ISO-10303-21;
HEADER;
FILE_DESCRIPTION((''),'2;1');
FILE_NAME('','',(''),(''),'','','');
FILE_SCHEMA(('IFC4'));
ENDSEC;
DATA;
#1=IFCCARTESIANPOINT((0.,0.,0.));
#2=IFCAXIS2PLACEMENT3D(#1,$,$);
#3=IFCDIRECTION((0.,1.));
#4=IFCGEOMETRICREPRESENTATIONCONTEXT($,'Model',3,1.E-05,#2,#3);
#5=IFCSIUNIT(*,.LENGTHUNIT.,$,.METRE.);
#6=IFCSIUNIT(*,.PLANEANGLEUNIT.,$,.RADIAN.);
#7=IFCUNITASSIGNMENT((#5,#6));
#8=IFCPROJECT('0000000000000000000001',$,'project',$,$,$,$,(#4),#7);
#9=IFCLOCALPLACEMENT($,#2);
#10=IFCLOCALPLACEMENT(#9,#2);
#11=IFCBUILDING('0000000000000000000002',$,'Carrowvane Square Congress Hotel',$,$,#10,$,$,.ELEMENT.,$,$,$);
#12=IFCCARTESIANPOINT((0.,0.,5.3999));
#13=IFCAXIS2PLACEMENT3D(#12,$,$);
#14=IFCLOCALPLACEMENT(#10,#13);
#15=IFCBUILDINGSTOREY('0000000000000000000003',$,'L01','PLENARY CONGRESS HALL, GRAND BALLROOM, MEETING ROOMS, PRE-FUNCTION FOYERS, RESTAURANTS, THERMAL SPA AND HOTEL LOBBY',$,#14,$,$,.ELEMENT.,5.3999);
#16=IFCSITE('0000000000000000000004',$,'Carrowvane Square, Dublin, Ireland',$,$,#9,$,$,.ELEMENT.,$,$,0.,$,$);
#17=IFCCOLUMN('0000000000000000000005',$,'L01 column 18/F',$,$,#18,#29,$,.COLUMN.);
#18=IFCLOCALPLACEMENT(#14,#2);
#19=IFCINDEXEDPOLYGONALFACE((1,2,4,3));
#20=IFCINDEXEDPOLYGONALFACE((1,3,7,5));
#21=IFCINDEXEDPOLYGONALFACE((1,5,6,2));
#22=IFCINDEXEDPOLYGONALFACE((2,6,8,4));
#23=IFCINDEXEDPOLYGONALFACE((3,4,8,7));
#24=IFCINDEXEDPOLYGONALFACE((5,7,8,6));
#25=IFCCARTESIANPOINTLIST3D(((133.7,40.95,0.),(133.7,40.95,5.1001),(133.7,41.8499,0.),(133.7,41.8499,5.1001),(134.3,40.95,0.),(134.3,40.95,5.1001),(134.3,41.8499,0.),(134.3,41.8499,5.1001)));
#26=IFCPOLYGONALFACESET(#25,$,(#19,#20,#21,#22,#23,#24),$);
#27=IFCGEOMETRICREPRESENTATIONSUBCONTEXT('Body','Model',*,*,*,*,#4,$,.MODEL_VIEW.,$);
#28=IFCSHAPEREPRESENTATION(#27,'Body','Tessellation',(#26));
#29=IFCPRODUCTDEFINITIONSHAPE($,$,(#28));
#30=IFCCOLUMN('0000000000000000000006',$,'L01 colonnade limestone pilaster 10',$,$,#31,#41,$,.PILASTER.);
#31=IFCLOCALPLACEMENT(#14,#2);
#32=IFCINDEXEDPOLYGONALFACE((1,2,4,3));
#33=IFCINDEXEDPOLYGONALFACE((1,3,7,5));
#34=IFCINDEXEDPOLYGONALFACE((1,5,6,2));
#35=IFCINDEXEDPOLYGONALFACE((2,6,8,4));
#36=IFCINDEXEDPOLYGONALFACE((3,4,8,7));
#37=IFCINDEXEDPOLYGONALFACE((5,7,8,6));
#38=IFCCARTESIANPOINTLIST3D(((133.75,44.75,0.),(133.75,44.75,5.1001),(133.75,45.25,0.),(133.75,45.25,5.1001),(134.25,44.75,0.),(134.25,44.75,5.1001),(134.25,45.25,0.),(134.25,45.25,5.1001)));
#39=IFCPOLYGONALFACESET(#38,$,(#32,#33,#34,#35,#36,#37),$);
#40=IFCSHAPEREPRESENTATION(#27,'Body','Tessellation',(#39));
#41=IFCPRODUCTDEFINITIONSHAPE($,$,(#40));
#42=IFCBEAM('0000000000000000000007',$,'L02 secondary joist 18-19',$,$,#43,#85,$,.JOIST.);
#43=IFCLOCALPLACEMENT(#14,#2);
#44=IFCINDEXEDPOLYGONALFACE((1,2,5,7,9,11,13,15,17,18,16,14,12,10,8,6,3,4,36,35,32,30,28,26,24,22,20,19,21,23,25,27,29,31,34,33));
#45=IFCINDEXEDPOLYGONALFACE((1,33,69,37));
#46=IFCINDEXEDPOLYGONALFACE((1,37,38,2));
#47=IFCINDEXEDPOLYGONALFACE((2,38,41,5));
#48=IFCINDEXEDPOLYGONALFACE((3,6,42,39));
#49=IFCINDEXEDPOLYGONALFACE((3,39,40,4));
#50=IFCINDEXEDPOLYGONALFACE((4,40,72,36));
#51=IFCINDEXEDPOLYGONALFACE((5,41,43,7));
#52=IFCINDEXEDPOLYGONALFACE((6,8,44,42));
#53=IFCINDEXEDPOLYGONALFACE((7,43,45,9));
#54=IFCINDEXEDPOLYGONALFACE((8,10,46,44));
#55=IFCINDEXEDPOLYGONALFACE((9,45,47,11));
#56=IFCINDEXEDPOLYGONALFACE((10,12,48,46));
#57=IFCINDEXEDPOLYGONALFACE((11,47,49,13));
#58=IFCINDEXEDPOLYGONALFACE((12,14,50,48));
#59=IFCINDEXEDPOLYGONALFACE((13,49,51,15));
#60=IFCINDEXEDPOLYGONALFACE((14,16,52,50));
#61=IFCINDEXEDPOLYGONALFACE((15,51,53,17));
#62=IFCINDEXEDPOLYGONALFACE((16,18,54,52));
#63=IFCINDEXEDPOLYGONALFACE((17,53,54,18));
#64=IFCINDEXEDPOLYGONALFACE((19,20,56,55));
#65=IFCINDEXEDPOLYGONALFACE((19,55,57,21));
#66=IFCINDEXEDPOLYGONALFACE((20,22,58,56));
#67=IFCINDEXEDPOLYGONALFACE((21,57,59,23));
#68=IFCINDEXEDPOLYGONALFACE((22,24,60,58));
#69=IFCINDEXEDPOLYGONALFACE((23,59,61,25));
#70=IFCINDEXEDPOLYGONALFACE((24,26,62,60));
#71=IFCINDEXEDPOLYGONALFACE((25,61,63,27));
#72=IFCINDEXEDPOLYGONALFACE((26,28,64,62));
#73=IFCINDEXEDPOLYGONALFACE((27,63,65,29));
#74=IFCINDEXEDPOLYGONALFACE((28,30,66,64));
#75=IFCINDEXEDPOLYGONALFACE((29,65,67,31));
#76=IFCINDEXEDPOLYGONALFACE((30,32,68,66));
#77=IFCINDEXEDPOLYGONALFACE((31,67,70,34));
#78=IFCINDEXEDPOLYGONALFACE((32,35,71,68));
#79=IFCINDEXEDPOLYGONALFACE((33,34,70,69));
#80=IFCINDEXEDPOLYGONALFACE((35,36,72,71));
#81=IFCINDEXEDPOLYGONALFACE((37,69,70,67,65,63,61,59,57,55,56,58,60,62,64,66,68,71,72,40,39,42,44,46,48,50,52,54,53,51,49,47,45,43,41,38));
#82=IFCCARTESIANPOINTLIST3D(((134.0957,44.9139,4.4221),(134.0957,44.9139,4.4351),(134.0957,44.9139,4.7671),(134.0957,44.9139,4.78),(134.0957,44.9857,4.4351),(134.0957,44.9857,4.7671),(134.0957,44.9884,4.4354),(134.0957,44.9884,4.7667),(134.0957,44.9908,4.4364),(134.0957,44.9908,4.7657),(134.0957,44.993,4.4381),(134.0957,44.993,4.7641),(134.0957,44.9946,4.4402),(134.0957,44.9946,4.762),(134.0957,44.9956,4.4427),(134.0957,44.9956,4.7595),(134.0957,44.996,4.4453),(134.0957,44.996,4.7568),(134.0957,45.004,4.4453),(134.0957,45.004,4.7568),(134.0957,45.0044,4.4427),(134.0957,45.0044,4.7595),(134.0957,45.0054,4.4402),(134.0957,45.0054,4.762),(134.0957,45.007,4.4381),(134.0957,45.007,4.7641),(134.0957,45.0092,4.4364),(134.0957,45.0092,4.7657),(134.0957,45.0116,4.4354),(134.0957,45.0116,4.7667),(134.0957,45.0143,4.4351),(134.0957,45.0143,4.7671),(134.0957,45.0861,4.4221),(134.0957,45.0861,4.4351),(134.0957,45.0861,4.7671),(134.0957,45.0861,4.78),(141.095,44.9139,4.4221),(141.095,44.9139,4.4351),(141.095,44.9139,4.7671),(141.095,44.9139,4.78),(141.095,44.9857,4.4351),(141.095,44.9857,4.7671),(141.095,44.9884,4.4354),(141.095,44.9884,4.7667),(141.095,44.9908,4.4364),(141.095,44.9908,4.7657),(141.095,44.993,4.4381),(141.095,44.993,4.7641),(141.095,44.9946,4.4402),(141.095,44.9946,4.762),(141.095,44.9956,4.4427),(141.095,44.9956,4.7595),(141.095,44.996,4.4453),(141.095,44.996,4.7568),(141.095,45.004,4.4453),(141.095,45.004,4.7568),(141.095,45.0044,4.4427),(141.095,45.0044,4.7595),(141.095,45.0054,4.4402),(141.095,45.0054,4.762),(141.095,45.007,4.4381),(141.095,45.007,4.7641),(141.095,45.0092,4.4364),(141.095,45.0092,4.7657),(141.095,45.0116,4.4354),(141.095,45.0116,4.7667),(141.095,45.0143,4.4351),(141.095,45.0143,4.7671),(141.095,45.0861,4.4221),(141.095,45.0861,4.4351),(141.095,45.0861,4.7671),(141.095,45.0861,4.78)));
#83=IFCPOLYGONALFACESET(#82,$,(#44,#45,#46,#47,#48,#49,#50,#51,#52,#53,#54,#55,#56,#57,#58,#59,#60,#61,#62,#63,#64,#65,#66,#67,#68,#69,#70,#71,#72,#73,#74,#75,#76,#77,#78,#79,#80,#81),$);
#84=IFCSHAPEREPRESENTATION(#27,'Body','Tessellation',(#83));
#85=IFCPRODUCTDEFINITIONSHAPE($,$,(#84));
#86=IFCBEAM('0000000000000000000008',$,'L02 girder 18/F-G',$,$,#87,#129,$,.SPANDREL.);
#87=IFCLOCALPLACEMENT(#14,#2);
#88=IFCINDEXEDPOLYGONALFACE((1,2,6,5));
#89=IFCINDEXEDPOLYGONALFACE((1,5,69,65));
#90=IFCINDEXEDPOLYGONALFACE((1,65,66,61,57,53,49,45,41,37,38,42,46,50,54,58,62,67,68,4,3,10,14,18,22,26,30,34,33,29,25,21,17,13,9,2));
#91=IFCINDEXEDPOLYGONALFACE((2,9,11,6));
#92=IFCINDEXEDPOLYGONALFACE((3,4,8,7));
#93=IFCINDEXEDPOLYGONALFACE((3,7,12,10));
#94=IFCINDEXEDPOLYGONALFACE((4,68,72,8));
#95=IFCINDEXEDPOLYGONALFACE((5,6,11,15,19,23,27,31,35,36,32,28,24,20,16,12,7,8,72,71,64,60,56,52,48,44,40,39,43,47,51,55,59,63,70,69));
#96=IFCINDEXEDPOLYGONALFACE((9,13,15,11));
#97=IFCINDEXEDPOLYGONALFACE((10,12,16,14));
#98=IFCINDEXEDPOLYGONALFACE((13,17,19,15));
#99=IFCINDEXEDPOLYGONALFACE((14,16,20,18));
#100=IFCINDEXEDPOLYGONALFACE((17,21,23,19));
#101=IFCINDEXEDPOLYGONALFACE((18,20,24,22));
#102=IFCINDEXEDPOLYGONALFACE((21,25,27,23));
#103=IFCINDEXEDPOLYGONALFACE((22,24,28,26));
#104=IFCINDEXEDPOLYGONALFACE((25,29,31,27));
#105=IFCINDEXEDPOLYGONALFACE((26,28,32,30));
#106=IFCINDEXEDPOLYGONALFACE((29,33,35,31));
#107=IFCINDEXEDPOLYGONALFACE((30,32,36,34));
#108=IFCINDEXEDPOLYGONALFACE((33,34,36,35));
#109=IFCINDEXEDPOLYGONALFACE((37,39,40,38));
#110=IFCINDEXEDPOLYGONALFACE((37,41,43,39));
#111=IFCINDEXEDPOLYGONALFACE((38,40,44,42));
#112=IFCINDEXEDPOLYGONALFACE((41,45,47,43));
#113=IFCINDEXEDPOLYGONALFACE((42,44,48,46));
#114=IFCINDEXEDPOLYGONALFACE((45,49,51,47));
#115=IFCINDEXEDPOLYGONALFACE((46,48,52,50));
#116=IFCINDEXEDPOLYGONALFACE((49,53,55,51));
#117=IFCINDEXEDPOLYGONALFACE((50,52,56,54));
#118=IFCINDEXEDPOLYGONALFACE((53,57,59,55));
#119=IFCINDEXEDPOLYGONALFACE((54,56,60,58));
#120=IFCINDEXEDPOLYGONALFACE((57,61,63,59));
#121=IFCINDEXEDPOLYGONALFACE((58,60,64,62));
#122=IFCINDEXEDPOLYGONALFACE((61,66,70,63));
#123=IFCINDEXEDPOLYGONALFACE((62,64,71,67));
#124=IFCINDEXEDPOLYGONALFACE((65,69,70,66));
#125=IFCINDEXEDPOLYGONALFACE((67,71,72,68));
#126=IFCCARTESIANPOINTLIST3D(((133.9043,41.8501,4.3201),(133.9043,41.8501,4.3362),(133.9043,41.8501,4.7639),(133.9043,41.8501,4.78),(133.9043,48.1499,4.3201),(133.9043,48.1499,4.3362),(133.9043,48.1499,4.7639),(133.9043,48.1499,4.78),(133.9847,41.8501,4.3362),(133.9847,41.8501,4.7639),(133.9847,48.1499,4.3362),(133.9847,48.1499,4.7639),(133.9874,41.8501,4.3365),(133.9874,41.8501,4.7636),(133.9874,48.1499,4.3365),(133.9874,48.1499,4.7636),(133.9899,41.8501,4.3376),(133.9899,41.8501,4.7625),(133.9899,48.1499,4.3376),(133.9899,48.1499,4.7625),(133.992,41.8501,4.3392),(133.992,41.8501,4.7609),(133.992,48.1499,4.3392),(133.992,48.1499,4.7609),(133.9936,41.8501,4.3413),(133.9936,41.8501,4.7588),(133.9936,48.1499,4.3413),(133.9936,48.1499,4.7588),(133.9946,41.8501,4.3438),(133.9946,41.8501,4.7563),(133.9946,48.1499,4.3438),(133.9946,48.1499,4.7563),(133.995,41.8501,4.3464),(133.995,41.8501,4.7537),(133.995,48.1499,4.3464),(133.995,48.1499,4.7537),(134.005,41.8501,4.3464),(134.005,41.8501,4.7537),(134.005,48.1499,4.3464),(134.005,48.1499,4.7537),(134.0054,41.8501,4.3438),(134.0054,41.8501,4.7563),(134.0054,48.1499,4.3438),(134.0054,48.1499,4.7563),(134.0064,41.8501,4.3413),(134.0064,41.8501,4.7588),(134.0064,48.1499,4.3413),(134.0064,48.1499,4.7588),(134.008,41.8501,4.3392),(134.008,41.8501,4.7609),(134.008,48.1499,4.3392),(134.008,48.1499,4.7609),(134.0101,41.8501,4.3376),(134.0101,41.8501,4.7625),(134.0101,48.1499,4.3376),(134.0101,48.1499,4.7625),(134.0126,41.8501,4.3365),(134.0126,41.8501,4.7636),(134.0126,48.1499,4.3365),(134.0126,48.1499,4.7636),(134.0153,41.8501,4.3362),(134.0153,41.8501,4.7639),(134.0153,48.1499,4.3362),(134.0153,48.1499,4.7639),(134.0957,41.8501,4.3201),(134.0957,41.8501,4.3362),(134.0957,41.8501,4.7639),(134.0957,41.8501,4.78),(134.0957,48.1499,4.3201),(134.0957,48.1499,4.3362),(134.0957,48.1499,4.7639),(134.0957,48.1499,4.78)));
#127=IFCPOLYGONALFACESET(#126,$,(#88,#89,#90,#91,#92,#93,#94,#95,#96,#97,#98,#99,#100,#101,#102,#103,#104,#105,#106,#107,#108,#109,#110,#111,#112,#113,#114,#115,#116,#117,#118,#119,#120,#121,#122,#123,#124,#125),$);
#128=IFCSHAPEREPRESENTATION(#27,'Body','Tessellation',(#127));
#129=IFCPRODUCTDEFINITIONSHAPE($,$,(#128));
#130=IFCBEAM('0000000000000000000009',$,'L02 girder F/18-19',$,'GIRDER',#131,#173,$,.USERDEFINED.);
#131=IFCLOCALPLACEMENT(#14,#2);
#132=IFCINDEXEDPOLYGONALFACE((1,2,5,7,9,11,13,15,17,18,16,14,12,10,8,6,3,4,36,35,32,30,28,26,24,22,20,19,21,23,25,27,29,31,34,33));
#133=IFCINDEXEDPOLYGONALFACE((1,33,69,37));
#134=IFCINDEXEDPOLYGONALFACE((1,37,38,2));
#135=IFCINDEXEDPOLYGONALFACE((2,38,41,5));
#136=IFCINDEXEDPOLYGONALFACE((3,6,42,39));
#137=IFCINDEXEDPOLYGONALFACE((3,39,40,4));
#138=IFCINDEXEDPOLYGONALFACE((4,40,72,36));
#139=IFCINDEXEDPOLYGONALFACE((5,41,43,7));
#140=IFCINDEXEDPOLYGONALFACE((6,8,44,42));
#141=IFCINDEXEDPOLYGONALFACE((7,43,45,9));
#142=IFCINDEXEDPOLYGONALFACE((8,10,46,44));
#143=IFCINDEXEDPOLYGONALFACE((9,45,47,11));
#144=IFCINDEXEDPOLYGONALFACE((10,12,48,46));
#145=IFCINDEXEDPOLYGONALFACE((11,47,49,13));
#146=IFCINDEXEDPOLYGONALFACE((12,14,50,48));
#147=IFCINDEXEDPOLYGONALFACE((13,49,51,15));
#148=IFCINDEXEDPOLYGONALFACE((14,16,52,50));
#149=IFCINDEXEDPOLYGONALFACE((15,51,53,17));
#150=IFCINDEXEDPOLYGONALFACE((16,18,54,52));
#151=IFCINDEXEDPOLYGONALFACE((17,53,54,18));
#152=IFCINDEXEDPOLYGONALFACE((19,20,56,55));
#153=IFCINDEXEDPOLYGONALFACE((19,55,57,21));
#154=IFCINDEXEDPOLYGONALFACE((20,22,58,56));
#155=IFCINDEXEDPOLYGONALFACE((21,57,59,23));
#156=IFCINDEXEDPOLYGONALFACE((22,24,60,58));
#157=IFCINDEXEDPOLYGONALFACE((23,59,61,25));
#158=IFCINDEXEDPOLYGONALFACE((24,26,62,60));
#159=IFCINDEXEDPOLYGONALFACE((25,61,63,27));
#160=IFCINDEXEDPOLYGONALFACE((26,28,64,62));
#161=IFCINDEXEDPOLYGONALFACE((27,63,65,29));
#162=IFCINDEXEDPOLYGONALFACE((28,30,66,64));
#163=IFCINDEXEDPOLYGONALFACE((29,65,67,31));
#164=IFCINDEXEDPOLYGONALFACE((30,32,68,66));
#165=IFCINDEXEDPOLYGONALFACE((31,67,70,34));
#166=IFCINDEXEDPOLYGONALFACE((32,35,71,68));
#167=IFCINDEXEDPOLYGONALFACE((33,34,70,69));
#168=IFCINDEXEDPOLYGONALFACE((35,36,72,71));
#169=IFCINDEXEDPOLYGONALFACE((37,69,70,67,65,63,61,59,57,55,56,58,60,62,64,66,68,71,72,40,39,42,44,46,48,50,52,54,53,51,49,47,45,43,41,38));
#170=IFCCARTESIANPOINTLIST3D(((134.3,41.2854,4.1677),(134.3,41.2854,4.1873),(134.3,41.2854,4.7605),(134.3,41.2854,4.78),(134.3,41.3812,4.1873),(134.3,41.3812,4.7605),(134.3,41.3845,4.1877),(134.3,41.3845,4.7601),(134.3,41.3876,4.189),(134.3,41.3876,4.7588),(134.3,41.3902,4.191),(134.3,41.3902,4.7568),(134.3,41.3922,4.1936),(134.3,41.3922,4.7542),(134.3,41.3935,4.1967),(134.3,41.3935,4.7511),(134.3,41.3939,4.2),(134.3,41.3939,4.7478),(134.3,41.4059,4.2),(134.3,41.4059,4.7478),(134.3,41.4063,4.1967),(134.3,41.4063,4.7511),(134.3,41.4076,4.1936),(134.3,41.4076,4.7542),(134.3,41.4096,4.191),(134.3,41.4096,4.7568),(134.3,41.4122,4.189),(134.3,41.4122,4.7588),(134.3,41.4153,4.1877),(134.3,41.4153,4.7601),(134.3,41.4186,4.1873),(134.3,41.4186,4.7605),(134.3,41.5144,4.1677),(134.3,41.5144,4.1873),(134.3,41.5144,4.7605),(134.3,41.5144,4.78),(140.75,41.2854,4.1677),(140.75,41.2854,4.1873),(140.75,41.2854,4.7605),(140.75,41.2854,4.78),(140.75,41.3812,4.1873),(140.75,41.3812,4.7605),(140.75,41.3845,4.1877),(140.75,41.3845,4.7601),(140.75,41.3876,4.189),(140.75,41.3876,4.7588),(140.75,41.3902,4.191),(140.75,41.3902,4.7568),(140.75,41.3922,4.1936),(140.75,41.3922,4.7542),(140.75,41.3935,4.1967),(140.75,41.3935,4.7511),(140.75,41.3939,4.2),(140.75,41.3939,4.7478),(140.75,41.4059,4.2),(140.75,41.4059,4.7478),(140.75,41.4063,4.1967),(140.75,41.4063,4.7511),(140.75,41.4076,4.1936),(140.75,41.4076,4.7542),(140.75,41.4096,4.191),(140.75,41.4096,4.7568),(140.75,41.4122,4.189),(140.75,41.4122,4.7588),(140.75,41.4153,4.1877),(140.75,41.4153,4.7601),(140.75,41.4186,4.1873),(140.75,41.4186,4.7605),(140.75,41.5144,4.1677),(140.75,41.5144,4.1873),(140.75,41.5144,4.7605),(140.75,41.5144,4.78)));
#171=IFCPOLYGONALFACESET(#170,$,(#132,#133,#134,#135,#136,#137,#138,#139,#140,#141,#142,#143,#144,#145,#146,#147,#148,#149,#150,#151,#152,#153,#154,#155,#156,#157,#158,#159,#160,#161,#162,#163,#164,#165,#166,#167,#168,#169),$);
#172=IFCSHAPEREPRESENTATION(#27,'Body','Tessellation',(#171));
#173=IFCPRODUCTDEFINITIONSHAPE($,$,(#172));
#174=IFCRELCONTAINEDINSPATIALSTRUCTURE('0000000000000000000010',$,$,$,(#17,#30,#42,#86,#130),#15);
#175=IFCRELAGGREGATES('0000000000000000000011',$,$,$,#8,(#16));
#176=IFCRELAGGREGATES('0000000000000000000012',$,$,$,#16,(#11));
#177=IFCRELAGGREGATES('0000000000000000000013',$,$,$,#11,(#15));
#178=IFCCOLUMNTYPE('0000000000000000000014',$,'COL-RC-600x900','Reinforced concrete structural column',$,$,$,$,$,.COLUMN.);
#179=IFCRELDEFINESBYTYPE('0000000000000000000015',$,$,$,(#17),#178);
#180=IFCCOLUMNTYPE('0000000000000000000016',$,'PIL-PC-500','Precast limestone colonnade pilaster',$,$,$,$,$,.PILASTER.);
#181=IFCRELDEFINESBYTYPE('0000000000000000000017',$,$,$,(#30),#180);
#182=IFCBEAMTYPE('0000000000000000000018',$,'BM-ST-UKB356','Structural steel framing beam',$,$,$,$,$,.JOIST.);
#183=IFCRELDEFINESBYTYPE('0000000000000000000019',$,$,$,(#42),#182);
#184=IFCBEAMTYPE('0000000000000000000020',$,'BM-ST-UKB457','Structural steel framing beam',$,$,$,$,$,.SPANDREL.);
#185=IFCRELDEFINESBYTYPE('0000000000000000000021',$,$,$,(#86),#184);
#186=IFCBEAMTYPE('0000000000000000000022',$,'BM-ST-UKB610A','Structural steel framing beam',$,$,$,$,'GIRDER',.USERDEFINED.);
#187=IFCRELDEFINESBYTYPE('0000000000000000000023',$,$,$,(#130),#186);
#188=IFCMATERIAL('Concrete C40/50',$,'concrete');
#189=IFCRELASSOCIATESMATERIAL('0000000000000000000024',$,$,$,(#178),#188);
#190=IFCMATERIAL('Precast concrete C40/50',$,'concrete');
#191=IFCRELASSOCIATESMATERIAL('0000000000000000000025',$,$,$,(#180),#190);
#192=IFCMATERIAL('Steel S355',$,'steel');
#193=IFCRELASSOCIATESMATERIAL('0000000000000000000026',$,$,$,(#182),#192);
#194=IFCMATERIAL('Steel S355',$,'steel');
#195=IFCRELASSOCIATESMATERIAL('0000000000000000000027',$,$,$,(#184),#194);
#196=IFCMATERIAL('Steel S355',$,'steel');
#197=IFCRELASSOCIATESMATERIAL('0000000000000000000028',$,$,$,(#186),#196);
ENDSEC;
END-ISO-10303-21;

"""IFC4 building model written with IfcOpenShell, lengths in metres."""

from ifc_helpers import new_model, si_unit, direction, frame, origin, origin_2d, place, context, subcontext, project, spatial, rectangle, i_section, extrude, material, material_profile, profile_set, type_object, element, save


model = new_model("IFC4")

# Units and contexts
model_context = context("Model", 3, precision=1e-05, world=origin(), true_north=direction((0.0, 1.0)))
body_context = subcontext(model_context, "Body", "Model", "MODEL_VIEW")
ifc_project = project(units=[si_unit("LENGTHUNIT", "METRE"), si_unit("PLANEANGLEUNIT", "RADIAN")], contexts=[model_context])

# Site, building, storey
site_placement = place(None, origin())
site = spatial("IfcSite", under=ifc_project, at=site_placement, Name="Carrowvane Square, Dublin, Ireland", CompositionType="ELEMENT", RefElevation=0.0)
building_placement = place(site_placement, origin())
building = spatial("IfcBuilding", under=site, at=building_placement, Name="Carrowvane Square Congress Hotel", CompositionType="ELEMENT")
storey_placement = place(building_placement, frame((0.0, 0.0, 5.3999)))
storey = spatial("IfcBuildingStorey", under=building, at=storey_placement, Name="L01", Description="PLENARY CONGRESS HALL, GRAND BALLROOM, MEETING ROOMS, PRE-FUNCTION FOYERS, RESTAURANTS, THERMAL SPA AND HOTEL LOBBY", CompositionType="ELEMENT", Elevation=5.3999)

# Columns
ifc_material_1 = material(Name="Concrete C40/50", Category="concrete")
ifc_material_profile_1 = material_profile(ifc_material_1, rectangle(XDim=0.6001, YDim=0.8999, at=origin_2d()), Name="RC 600x900")
ifc_profile_set_1 = profile_set([ifc_material_profile_1], Name="Concrete C40/50")
column_type_1 = type_object("IfcColumnType", Name="COL-RC-600x900", Description="Reinforced concrete structural column", PredefinedType="COLUMN", material=ifc_profile_set_1)
column_1_placement = place(storey_placement, frame((134.0, 41.3999, 0.0), z_axis=(0.0, 0.0, 1.0), x_axis=(1.0, 0.0, 0.0)))
element("IfcColumn", 1, at=column_1_placement, inside=storey, type_object=column_type_1, Name="L01 column 18/F", PredefinedType="COLUMN", context=body_context, shape_type="SweptSolid", body=[
    extrude(rectangle(XDim=0.6001, YDim=0.8999, at=origin_2d()), origin(), (0.0, 0.0, 1.0), 5.1001),
])
ifc_material_2 = material(Name="Precast concrete C40/50", Category="concrete")
ifc_material_profile_2 = material_profile(ifc_material_2, rectangle(XDim=0.5, YDim=0.5, at=origin_2d()), Name="RC 500x500")
ifc_profile_set_2 = profile_set([ifc_material_profile_2], Name="Precast concrete C40/50")
column_type_2 = type_object("IfcColumnType", Name="PIL-PC-500", Description="Precast limestone colonnade pilaster", PredefinedType="PILASTER", material=ifc_profile_set_2)
column_2_placement = place(storey_placement, frame((134.0, 45.0, 0.0), z_axis=(0.0, 0.0, 1.0), x_axis=(1.0, 0.0, 0.0)))
element("IfcColumn", 2, at=column_2_placement, inside=storey, type_object=column_type_2, Name="L01 colonnade limestone pilaster 10", PredefinedType="PILASTER", context=body_context, shape_type="SweptSolid", body=[
    extrude(rectangle(XDim=0.5, YDim=0.5, at=origin_2d()), origin(), (0.0, 0.0, 1.0), 5.1001),
])

# Beams
ifc_material_3 = material(Name="Steel S355", Category="steel")
ifc_material_profile_3 = material_profile(ifc_material_3, i_section(OverallWidth=0.1721, OverallDepth=0.3579, WebThickness=0.0081, FlangeThickness=0.0129, FilletRadius=0.0103, at=origin_2d()), Name="UKB 356x171x57")
ifc_profile_set_3 = profile_set([ifc_material_profile_3], Name="Steel S355")
beam_type_1 = type_object("IfcBeamType", Name="BM-ST-UKB356", Description="Structural steel framing beam", PredefinedType="JOIST", material=ifc_profile_set_3)
beam_1_placement = place(storey_placement, frame((134.0957, 45.0, 4.6011), z_axis=(1.0, 0.0, 0.0), x_axis=(0.0, 1.0, 0.0)))
element("IfcBeam", 3, at=beam_1_placement, inside=storey, type_object=beam_type_1, Name="L02 secondary joist 18-19", PredefinedType="JOIST", context=body_context, shape_type="SweptSolid", body=[
    extrude(i_section(OverallWidth=0.1721, OverallDepth=0.3579, WebThickness=0.0081, FlangeThickness=0.0129, FilletRadius=0.0103, at=origin_2d()), origin(), (0.0, 0.0, 1.0), 6.9993),
])
ifc_material_4 = material(Name="Steel S355", Category="steel")
ifc_material_profile_4 = material_profile(ifc_material_4, i_section(OverallWidth=0.1914, OverallDepth=0.46, WebThickness=0.01, FlangeThickness=0.0161, FilletRadius=0.0103, at=origin_2d()), Name="UKB 457x191x82")
ifc_profile_set_4 = profile_set([ifc_material_profile_4], Name="Steel S355")
beam_type_2 = type_object("IfcBeamType", Name="BM-ST-UKB457", Description="Structural steel framing beam", PredefinedType="SPANDREL", material=ifc_profile_set_4)
beam_2_placement = place(storey_placement, frame((134.0, 41.8501, 4.55), z_axis=(0.0, 1.0, 0.0), x_axis=(-1.0, 0.0, 0.0)))
element("IfcBeam", 4, at=beam_2_placement, inside=storey, type_object=beam_type_2, Name="L02 girder 18/F-G", PredefinedType="SPANDREL", context=body_context, shape_type="SweptSolid", body=[
    extrude(i_section(OverallWidth=0.1914, OverallDepth=0.46, WebThickness=0.01, FlangeThickness=0.0161, FilletRadius=0.0103, at=origin_2d()), origin(), (0.0, 0.0, 1.0), 6.2998),
])
ifc_material_5 = material(Name="Steel S355", Category="steel")
ifc_material_profile_5 = material_profile(ifc_material_5, i_section(OverallWidth=0.229, OverallDepth=0.6123, WebThickness=0.012, FlangeThickness=0.0195, FilletRadius=0.0127, at=origin_2d()), Name="UKB 610x229x125")
ifc_profile_set_5 = profile_set([ifc_material_profile_5], Name="Steel S355")
beam_type_3 = type_object("IfcBeamType", Name="BM-ST-UKB610A", Description="Structural steel framing beam", ElementType="GIRDER", PredefinedType="USERDEFINED", material=ifc_profile_set_5)
beam_3_placement = place(storey_placement, frame((134.3, 41.3999, 4.4739), z_axis=(1.0, 0.0, 0.0), x_axis=(0.0, 1.0, 0.0)))
element("IfcBeam", 5, at=beam_3_placement, inside=storey, type_object=beam_type_3, Name="L02 girder F/18-19", ObjectType="GIRDER", PredefinedType="USERDEFINED", context=body_context, shape_type="SweptSolid", body=[
    extrude(i_section(OverallWidth=0.229, OverallDepth=0.6123, WebThickness=0.012, FlangeThickness=0.0195, FilletRadius=0.0127, at=origin_2d()), origin(), (0.0, 0.0, 1.0), 6.45),
])

save(model, "model.ifc")
